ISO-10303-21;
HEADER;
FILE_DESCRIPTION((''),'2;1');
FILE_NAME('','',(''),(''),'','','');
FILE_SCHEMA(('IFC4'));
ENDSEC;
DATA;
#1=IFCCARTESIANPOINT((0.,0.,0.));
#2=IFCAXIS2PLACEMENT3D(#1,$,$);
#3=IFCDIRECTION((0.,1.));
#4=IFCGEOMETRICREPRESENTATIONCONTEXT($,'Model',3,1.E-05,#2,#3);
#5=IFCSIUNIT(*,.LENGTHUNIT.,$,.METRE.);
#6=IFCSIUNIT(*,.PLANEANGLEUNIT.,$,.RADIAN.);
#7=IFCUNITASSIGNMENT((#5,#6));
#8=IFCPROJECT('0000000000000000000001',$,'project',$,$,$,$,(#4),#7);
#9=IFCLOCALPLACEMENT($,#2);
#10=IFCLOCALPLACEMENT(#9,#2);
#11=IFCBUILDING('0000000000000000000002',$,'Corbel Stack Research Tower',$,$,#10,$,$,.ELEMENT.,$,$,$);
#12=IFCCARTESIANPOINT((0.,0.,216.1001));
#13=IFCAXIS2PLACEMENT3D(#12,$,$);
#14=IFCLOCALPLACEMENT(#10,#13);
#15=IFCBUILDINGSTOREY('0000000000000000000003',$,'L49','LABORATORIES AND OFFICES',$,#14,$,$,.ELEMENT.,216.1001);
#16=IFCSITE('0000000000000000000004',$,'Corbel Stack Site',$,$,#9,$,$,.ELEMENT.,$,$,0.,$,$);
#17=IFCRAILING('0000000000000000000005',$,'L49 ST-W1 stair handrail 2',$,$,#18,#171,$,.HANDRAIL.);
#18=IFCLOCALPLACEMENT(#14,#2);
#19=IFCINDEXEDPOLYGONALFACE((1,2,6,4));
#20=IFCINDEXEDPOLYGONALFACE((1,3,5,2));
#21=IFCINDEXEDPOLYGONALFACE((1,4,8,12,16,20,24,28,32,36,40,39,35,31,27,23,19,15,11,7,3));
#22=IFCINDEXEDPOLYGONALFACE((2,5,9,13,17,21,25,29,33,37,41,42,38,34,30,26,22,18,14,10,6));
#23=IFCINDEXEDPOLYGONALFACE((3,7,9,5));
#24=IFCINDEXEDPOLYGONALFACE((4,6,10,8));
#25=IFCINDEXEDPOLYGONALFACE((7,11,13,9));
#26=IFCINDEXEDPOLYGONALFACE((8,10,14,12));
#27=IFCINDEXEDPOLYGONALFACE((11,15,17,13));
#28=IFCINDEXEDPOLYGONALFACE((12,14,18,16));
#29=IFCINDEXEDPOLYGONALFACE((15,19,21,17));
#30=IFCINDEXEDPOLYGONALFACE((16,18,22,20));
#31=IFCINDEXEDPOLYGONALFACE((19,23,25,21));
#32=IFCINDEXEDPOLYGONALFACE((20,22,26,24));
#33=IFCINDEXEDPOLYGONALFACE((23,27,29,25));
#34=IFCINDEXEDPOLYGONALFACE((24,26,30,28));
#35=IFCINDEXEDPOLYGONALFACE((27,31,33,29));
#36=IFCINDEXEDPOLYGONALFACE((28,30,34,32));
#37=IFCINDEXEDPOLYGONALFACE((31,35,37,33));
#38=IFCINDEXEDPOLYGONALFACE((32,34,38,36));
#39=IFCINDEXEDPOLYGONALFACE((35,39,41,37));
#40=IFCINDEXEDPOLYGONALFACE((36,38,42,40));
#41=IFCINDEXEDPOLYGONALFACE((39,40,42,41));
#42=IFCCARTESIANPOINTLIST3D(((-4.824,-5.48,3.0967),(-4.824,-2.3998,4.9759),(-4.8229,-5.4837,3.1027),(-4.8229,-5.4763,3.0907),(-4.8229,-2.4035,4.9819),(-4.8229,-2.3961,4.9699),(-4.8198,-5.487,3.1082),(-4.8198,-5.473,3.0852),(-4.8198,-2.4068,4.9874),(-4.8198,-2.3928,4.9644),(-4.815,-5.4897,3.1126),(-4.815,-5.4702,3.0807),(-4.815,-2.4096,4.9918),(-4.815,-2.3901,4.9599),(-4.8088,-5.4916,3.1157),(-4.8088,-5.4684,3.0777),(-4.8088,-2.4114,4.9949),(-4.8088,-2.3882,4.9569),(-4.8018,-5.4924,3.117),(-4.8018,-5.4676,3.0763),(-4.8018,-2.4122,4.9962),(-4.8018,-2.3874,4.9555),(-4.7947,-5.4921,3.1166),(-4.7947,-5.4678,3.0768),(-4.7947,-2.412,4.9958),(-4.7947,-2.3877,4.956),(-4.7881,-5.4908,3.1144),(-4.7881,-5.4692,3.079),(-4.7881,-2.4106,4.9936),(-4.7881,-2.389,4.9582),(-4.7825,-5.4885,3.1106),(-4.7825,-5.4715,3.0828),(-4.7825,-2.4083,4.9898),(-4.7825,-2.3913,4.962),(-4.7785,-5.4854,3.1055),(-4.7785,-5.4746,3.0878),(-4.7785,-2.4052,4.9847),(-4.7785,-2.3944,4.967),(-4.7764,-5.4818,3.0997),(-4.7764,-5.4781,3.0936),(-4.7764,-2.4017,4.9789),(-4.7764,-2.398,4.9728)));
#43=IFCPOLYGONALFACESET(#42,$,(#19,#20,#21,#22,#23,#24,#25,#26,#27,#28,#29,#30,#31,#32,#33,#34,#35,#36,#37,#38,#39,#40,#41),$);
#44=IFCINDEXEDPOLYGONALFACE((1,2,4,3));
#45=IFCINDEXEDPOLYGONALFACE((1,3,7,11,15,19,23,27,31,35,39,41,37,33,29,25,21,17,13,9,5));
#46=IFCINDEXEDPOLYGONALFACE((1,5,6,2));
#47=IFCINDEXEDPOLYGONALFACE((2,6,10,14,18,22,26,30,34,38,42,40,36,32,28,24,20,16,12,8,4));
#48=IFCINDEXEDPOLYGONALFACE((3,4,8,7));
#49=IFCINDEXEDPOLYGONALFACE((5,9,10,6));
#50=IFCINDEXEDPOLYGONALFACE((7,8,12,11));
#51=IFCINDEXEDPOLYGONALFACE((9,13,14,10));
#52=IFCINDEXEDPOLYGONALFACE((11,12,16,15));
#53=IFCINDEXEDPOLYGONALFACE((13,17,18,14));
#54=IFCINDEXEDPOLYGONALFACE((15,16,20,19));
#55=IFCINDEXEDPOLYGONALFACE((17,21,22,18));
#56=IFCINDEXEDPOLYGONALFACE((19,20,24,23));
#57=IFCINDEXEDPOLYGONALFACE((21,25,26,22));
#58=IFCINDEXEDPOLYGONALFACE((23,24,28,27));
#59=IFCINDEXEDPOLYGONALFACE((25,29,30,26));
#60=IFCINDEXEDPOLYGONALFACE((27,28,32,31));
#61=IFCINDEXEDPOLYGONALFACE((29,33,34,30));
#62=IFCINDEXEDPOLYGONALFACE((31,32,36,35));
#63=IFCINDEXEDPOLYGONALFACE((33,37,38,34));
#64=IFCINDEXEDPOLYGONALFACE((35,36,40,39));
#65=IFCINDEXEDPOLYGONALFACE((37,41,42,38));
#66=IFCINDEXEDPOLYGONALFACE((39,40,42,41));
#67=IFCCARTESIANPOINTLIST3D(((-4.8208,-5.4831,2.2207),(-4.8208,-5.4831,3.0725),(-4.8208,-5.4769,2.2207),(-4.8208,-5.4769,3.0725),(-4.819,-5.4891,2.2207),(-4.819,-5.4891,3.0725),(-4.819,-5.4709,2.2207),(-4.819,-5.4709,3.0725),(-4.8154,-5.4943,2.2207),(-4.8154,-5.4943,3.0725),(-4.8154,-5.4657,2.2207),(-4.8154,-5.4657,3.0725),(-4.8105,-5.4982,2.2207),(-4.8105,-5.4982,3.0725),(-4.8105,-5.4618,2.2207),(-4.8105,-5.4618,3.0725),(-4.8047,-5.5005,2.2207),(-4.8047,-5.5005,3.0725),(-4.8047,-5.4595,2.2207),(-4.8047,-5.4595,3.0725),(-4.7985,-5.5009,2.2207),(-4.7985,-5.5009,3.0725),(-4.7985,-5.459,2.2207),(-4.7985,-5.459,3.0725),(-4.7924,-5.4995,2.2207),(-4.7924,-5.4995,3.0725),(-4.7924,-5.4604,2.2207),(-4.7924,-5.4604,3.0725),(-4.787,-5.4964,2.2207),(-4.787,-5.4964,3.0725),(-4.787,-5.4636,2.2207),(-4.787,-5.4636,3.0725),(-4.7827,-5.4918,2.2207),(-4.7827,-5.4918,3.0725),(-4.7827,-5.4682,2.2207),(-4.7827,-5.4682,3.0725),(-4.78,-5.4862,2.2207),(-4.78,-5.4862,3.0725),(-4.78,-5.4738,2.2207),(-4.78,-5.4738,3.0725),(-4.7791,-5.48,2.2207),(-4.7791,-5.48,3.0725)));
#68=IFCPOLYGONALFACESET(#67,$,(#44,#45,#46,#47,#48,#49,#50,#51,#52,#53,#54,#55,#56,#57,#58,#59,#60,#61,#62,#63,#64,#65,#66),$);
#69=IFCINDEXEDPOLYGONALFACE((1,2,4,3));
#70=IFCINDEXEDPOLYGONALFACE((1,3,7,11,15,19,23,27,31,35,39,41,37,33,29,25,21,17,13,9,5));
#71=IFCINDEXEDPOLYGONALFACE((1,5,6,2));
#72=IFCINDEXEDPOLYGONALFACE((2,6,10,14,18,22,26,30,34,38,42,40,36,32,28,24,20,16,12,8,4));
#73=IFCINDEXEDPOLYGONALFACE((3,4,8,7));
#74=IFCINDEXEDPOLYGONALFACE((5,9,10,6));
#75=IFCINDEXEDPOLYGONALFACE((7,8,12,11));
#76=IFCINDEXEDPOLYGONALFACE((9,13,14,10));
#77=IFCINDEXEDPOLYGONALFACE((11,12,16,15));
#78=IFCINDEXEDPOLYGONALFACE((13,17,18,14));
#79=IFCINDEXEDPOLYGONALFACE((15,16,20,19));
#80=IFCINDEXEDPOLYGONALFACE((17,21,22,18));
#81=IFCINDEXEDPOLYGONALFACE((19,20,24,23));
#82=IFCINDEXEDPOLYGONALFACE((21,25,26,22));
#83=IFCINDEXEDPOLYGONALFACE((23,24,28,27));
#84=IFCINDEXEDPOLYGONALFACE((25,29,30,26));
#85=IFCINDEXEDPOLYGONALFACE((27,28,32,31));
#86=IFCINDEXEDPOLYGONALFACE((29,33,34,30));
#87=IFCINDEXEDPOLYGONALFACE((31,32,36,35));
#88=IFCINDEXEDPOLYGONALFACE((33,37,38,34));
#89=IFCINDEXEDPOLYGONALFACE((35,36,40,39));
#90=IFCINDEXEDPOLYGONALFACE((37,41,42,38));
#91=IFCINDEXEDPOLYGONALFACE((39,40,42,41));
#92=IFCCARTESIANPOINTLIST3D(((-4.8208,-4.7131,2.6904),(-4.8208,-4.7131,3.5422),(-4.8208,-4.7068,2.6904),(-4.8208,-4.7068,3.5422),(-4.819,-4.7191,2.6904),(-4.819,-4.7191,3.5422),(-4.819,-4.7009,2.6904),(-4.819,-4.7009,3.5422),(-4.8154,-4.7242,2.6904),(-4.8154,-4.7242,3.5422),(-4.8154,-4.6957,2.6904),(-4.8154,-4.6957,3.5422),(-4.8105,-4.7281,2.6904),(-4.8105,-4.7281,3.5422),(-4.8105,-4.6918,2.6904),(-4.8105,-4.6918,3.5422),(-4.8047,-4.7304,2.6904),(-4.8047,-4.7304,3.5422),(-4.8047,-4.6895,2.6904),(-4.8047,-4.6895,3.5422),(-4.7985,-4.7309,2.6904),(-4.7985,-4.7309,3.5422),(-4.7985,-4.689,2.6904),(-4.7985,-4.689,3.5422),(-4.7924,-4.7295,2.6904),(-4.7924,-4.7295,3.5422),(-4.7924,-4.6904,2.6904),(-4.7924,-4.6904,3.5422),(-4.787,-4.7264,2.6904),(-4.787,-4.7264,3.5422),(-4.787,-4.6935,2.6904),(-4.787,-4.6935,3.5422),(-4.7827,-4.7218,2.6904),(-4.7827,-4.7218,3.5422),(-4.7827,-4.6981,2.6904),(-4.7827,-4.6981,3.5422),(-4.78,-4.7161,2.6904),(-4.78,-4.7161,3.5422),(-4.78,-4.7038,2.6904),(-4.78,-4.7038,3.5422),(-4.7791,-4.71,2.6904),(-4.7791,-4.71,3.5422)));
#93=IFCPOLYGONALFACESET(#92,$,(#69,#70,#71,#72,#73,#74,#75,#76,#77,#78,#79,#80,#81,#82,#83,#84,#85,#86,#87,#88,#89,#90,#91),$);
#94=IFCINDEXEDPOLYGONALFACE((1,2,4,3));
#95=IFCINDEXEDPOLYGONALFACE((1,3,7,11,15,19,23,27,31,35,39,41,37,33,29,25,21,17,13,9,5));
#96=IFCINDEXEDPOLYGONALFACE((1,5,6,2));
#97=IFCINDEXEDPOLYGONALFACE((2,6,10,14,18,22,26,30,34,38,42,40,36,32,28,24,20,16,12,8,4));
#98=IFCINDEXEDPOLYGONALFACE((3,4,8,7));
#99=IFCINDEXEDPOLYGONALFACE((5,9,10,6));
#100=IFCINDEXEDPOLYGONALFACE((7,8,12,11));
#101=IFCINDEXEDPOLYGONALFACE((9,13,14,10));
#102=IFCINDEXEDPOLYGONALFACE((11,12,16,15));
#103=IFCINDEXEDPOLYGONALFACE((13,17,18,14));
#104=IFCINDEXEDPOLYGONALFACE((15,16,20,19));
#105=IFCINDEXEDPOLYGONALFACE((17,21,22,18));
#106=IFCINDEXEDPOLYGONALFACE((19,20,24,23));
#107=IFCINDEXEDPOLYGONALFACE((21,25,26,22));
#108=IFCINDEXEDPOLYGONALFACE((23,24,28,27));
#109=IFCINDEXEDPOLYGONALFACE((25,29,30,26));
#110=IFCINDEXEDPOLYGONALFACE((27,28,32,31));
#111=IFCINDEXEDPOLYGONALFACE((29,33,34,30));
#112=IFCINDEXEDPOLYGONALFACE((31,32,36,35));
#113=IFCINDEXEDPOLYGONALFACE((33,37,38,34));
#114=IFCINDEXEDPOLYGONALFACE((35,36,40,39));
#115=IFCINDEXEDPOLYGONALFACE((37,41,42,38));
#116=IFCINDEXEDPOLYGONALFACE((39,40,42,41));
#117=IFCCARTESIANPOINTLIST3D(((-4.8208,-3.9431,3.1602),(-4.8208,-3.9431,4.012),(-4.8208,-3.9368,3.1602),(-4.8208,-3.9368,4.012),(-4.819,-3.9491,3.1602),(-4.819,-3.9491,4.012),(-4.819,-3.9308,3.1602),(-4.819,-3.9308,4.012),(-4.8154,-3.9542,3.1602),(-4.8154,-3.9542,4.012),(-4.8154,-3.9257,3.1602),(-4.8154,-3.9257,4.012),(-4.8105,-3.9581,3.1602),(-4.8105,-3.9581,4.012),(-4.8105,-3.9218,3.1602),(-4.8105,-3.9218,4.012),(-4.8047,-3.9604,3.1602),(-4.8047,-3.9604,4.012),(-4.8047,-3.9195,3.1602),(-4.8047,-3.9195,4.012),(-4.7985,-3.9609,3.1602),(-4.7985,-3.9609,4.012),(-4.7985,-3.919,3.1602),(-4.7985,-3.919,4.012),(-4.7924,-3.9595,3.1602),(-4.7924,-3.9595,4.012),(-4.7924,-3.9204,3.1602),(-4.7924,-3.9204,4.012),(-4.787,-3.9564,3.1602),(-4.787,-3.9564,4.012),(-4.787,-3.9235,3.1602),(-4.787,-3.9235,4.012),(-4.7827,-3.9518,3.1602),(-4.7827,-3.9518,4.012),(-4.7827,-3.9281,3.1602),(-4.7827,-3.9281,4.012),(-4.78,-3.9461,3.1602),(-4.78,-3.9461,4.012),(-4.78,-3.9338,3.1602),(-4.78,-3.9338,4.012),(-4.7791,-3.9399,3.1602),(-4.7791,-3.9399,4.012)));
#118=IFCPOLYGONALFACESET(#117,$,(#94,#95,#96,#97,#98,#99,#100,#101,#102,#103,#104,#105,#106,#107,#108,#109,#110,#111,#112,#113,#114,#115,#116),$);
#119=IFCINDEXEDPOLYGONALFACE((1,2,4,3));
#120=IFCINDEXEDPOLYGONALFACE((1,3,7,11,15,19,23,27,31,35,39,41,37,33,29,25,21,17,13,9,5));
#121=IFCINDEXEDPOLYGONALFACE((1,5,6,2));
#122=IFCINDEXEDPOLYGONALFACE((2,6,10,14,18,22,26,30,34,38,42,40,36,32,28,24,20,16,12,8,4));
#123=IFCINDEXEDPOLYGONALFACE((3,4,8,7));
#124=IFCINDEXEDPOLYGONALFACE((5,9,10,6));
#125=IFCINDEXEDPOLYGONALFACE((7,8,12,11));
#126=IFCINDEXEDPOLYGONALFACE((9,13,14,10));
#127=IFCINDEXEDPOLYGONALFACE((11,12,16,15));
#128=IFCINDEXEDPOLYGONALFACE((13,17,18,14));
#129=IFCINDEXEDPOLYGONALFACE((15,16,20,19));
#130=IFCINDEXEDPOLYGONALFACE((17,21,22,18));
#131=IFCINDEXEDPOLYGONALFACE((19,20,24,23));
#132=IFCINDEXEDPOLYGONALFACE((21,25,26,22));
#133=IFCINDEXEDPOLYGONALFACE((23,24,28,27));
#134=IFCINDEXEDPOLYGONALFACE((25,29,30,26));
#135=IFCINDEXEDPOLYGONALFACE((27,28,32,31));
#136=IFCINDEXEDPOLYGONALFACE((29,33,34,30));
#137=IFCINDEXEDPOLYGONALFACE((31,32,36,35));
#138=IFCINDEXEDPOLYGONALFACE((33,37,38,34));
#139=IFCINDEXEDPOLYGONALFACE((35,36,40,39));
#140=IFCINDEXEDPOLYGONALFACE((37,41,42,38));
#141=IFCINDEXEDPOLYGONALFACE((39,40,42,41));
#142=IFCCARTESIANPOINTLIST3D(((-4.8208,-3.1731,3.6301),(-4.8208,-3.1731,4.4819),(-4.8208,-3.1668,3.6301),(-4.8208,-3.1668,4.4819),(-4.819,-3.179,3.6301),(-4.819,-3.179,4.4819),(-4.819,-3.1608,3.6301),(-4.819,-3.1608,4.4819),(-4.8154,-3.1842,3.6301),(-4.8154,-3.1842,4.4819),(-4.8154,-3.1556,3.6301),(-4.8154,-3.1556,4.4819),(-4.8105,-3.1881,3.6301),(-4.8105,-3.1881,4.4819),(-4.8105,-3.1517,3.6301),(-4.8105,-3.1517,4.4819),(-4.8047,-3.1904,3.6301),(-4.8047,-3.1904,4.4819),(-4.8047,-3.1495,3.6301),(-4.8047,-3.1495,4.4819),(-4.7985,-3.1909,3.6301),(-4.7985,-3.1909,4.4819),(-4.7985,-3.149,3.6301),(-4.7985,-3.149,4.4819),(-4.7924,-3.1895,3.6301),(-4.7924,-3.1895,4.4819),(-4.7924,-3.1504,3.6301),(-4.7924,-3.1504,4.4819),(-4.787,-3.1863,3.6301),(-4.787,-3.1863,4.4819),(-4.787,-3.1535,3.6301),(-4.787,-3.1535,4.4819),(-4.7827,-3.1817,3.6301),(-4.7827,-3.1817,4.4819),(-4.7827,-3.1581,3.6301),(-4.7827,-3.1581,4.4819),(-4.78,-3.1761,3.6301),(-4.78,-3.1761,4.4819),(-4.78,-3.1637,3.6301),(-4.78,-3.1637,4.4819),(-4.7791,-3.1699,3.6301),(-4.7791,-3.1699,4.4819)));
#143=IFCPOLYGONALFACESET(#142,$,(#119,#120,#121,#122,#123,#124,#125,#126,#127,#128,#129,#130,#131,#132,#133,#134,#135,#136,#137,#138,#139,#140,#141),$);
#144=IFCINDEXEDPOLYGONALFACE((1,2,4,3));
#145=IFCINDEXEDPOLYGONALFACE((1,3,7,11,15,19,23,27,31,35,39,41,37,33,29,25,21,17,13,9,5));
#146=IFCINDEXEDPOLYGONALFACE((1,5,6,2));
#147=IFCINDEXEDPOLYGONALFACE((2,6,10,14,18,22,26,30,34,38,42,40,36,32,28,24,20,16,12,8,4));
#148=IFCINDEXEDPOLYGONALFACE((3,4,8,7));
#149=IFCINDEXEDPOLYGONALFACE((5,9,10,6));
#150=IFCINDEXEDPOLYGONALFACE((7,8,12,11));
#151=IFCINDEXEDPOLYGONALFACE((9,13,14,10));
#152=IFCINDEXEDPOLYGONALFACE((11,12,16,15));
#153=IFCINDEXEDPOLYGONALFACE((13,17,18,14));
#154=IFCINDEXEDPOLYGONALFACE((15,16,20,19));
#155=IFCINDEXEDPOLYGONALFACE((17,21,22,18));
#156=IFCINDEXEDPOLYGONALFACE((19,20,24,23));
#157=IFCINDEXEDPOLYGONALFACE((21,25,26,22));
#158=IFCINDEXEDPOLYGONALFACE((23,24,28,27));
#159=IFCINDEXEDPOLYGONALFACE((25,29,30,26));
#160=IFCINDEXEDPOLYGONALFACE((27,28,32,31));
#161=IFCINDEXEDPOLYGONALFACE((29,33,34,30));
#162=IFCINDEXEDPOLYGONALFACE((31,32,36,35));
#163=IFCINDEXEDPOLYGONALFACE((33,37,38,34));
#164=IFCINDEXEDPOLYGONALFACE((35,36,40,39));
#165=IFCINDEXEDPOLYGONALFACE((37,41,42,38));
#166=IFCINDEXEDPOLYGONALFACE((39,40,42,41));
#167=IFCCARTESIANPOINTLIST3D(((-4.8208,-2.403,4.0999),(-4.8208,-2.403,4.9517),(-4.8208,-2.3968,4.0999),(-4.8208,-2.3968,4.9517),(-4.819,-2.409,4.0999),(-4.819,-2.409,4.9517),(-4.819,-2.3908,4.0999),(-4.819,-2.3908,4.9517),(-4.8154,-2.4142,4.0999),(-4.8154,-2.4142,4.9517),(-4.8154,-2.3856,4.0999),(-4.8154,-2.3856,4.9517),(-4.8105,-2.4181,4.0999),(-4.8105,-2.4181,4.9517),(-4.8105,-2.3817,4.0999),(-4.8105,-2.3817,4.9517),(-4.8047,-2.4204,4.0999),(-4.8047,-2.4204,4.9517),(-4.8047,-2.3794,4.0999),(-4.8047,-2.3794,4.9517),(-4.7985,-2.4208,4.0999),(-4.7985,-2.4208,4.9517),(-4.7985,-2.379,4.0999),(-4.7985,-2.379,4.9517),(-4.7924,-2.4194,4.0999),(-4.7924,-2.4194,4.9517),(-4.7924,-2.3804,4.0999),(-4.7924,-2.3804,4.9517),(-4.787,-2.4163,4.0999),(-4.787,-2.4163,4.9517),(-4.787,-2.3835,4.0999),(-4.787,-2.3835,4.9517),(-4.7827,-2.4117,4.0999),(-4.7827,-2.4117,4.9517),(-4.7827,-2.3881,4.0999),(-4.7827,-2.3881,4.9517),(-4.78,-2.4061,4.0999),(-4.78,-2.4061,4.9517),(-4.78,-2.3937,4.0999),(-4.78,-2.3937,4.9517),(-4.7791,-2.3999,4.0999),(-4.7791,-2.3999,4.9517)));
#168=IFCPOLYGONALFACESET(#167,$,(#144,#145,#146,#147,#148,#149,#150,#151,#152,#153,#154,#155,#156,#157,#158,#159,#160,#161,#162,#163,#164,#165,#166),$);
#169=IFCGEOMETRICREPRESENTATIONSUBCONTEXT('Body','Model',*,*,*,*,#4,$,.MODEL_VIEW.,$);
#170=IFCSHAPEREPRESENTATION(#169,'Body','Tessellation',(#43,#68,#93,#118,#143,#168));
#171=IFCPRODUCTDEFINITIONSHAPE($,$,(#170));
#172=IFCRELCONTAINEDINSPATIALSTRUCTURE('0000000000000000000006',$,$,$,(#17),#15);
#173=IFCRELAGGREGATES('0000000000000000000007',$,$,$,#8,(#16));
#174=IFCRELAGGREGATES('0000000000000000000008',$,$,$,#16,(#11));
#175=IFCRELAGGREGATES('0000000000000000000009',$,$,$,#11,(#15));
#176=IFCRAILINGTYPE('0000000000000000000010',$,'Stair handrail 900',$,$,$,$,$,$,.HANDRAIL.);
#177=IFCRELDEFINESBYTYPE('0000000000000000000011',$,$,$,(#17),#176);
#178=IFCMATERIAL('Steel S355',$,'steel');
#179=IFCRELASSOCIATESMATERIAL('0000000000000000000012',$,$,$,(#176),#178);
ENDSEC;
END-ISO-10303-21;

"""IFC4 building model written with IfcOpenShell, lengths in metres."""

from ifc_helpers import new_model, si_unit, direction, frame, origin, origin_2d, place, context, subcontext, project, spatial, circle, extrude, material, type_object, element, save


model = new_model("IFC4")

# Units and contexts
model_context = context("Model", 3, precision=1e-05, world=origin(), true_north=direction((0.0, 1.0)))
body_context = subcontext(model_context, "Body", "Model", "MODEL_VIEW")
ifc_project = project(units=[si_unit("LENGTHUNIT", "METRE"), si_unit("PLANEANGLEUNIT", "RADIAN")], contexts=[model_context])

# Site, building, storey
site_placement = place(None, origin())
site = spatial("IfcSite", under=ifc_project, at=site_placement, Name="Corbel Stack Site", CompositionType="ELEMENT", RefElevation=0.0)
building_placement = place(site_placement, origin())
building = spatial("IfcBuilding", under=site, at=building_placement, Name="Corbel Stack Research Tower", CompositionType="ELEMENT")
storey_placement = place(building_placement, frame((0.0, 0.0, 216.1001)))
storey = spatial("IfcBuildingStorey", under=building, at=storey_placement, Name="L49", Description="LABORATORIES AND OFFICES", CompositionType="ELEMENT", Elevation=216.1001)

# Railing
ifc_material_1 = material(Name="Steel S355", Category="steel")
railing_type_1 = type_object("IfcRailingType", Name="Stair handrail 900", PredefinedType="HANDRAIL", material=ifc_material_1)
railing_1_placement = place(storey_placement, frame((-4.8, -5.48, 2.2207)))
element("IfcRailing", 1, at=railing_1_placement, inside=storey, type_object=railing_type_1, Name="L49 ST-W1 stair handrail 2", PredefinedType="HANDRAIL", context=body_context, shape_type="SweptSolid", body=[
    extrude(circle(Radius=0.0239, at=origin_2d()), frame((0.0, 0.0, 0.876), z_axis=(0.0, 0.853666, 0.52082), x_axis=(-1.0, 0.0, 0.0)), (0.0, 0.0, 1.0), 3.6082),
    extrude(circle(Radius=0.021, at=origin_2d()), origin(), (0.0, 0.0, 1.0), 0.8518),
    extrude(circle(Radius=0.021, at=origin_2d()), frame((0.0, 0.77, 0.4697)), (0.0, 0.0, 1.0), 0.8518),
    extrude(circle(Radius=0.021, at=origin_2d()), frame((0.0, 1.54, 0.9395)), (0.0, 0.0, 1.0), 0.8518),
    extrude(circle(Radius=0.021, at=origin_2d()), frame((0.0, 2.3101, 1.4094)), (0.0, 0.0, 1.0), 0.8518),
    extrude(circle(Radius=0.021, at=origin_2d()), frame((0.0, 3.0801, 1.8792)), (0.0, 0.0, 1.0), 0.8518),
])

save(model, "model.ifc")
